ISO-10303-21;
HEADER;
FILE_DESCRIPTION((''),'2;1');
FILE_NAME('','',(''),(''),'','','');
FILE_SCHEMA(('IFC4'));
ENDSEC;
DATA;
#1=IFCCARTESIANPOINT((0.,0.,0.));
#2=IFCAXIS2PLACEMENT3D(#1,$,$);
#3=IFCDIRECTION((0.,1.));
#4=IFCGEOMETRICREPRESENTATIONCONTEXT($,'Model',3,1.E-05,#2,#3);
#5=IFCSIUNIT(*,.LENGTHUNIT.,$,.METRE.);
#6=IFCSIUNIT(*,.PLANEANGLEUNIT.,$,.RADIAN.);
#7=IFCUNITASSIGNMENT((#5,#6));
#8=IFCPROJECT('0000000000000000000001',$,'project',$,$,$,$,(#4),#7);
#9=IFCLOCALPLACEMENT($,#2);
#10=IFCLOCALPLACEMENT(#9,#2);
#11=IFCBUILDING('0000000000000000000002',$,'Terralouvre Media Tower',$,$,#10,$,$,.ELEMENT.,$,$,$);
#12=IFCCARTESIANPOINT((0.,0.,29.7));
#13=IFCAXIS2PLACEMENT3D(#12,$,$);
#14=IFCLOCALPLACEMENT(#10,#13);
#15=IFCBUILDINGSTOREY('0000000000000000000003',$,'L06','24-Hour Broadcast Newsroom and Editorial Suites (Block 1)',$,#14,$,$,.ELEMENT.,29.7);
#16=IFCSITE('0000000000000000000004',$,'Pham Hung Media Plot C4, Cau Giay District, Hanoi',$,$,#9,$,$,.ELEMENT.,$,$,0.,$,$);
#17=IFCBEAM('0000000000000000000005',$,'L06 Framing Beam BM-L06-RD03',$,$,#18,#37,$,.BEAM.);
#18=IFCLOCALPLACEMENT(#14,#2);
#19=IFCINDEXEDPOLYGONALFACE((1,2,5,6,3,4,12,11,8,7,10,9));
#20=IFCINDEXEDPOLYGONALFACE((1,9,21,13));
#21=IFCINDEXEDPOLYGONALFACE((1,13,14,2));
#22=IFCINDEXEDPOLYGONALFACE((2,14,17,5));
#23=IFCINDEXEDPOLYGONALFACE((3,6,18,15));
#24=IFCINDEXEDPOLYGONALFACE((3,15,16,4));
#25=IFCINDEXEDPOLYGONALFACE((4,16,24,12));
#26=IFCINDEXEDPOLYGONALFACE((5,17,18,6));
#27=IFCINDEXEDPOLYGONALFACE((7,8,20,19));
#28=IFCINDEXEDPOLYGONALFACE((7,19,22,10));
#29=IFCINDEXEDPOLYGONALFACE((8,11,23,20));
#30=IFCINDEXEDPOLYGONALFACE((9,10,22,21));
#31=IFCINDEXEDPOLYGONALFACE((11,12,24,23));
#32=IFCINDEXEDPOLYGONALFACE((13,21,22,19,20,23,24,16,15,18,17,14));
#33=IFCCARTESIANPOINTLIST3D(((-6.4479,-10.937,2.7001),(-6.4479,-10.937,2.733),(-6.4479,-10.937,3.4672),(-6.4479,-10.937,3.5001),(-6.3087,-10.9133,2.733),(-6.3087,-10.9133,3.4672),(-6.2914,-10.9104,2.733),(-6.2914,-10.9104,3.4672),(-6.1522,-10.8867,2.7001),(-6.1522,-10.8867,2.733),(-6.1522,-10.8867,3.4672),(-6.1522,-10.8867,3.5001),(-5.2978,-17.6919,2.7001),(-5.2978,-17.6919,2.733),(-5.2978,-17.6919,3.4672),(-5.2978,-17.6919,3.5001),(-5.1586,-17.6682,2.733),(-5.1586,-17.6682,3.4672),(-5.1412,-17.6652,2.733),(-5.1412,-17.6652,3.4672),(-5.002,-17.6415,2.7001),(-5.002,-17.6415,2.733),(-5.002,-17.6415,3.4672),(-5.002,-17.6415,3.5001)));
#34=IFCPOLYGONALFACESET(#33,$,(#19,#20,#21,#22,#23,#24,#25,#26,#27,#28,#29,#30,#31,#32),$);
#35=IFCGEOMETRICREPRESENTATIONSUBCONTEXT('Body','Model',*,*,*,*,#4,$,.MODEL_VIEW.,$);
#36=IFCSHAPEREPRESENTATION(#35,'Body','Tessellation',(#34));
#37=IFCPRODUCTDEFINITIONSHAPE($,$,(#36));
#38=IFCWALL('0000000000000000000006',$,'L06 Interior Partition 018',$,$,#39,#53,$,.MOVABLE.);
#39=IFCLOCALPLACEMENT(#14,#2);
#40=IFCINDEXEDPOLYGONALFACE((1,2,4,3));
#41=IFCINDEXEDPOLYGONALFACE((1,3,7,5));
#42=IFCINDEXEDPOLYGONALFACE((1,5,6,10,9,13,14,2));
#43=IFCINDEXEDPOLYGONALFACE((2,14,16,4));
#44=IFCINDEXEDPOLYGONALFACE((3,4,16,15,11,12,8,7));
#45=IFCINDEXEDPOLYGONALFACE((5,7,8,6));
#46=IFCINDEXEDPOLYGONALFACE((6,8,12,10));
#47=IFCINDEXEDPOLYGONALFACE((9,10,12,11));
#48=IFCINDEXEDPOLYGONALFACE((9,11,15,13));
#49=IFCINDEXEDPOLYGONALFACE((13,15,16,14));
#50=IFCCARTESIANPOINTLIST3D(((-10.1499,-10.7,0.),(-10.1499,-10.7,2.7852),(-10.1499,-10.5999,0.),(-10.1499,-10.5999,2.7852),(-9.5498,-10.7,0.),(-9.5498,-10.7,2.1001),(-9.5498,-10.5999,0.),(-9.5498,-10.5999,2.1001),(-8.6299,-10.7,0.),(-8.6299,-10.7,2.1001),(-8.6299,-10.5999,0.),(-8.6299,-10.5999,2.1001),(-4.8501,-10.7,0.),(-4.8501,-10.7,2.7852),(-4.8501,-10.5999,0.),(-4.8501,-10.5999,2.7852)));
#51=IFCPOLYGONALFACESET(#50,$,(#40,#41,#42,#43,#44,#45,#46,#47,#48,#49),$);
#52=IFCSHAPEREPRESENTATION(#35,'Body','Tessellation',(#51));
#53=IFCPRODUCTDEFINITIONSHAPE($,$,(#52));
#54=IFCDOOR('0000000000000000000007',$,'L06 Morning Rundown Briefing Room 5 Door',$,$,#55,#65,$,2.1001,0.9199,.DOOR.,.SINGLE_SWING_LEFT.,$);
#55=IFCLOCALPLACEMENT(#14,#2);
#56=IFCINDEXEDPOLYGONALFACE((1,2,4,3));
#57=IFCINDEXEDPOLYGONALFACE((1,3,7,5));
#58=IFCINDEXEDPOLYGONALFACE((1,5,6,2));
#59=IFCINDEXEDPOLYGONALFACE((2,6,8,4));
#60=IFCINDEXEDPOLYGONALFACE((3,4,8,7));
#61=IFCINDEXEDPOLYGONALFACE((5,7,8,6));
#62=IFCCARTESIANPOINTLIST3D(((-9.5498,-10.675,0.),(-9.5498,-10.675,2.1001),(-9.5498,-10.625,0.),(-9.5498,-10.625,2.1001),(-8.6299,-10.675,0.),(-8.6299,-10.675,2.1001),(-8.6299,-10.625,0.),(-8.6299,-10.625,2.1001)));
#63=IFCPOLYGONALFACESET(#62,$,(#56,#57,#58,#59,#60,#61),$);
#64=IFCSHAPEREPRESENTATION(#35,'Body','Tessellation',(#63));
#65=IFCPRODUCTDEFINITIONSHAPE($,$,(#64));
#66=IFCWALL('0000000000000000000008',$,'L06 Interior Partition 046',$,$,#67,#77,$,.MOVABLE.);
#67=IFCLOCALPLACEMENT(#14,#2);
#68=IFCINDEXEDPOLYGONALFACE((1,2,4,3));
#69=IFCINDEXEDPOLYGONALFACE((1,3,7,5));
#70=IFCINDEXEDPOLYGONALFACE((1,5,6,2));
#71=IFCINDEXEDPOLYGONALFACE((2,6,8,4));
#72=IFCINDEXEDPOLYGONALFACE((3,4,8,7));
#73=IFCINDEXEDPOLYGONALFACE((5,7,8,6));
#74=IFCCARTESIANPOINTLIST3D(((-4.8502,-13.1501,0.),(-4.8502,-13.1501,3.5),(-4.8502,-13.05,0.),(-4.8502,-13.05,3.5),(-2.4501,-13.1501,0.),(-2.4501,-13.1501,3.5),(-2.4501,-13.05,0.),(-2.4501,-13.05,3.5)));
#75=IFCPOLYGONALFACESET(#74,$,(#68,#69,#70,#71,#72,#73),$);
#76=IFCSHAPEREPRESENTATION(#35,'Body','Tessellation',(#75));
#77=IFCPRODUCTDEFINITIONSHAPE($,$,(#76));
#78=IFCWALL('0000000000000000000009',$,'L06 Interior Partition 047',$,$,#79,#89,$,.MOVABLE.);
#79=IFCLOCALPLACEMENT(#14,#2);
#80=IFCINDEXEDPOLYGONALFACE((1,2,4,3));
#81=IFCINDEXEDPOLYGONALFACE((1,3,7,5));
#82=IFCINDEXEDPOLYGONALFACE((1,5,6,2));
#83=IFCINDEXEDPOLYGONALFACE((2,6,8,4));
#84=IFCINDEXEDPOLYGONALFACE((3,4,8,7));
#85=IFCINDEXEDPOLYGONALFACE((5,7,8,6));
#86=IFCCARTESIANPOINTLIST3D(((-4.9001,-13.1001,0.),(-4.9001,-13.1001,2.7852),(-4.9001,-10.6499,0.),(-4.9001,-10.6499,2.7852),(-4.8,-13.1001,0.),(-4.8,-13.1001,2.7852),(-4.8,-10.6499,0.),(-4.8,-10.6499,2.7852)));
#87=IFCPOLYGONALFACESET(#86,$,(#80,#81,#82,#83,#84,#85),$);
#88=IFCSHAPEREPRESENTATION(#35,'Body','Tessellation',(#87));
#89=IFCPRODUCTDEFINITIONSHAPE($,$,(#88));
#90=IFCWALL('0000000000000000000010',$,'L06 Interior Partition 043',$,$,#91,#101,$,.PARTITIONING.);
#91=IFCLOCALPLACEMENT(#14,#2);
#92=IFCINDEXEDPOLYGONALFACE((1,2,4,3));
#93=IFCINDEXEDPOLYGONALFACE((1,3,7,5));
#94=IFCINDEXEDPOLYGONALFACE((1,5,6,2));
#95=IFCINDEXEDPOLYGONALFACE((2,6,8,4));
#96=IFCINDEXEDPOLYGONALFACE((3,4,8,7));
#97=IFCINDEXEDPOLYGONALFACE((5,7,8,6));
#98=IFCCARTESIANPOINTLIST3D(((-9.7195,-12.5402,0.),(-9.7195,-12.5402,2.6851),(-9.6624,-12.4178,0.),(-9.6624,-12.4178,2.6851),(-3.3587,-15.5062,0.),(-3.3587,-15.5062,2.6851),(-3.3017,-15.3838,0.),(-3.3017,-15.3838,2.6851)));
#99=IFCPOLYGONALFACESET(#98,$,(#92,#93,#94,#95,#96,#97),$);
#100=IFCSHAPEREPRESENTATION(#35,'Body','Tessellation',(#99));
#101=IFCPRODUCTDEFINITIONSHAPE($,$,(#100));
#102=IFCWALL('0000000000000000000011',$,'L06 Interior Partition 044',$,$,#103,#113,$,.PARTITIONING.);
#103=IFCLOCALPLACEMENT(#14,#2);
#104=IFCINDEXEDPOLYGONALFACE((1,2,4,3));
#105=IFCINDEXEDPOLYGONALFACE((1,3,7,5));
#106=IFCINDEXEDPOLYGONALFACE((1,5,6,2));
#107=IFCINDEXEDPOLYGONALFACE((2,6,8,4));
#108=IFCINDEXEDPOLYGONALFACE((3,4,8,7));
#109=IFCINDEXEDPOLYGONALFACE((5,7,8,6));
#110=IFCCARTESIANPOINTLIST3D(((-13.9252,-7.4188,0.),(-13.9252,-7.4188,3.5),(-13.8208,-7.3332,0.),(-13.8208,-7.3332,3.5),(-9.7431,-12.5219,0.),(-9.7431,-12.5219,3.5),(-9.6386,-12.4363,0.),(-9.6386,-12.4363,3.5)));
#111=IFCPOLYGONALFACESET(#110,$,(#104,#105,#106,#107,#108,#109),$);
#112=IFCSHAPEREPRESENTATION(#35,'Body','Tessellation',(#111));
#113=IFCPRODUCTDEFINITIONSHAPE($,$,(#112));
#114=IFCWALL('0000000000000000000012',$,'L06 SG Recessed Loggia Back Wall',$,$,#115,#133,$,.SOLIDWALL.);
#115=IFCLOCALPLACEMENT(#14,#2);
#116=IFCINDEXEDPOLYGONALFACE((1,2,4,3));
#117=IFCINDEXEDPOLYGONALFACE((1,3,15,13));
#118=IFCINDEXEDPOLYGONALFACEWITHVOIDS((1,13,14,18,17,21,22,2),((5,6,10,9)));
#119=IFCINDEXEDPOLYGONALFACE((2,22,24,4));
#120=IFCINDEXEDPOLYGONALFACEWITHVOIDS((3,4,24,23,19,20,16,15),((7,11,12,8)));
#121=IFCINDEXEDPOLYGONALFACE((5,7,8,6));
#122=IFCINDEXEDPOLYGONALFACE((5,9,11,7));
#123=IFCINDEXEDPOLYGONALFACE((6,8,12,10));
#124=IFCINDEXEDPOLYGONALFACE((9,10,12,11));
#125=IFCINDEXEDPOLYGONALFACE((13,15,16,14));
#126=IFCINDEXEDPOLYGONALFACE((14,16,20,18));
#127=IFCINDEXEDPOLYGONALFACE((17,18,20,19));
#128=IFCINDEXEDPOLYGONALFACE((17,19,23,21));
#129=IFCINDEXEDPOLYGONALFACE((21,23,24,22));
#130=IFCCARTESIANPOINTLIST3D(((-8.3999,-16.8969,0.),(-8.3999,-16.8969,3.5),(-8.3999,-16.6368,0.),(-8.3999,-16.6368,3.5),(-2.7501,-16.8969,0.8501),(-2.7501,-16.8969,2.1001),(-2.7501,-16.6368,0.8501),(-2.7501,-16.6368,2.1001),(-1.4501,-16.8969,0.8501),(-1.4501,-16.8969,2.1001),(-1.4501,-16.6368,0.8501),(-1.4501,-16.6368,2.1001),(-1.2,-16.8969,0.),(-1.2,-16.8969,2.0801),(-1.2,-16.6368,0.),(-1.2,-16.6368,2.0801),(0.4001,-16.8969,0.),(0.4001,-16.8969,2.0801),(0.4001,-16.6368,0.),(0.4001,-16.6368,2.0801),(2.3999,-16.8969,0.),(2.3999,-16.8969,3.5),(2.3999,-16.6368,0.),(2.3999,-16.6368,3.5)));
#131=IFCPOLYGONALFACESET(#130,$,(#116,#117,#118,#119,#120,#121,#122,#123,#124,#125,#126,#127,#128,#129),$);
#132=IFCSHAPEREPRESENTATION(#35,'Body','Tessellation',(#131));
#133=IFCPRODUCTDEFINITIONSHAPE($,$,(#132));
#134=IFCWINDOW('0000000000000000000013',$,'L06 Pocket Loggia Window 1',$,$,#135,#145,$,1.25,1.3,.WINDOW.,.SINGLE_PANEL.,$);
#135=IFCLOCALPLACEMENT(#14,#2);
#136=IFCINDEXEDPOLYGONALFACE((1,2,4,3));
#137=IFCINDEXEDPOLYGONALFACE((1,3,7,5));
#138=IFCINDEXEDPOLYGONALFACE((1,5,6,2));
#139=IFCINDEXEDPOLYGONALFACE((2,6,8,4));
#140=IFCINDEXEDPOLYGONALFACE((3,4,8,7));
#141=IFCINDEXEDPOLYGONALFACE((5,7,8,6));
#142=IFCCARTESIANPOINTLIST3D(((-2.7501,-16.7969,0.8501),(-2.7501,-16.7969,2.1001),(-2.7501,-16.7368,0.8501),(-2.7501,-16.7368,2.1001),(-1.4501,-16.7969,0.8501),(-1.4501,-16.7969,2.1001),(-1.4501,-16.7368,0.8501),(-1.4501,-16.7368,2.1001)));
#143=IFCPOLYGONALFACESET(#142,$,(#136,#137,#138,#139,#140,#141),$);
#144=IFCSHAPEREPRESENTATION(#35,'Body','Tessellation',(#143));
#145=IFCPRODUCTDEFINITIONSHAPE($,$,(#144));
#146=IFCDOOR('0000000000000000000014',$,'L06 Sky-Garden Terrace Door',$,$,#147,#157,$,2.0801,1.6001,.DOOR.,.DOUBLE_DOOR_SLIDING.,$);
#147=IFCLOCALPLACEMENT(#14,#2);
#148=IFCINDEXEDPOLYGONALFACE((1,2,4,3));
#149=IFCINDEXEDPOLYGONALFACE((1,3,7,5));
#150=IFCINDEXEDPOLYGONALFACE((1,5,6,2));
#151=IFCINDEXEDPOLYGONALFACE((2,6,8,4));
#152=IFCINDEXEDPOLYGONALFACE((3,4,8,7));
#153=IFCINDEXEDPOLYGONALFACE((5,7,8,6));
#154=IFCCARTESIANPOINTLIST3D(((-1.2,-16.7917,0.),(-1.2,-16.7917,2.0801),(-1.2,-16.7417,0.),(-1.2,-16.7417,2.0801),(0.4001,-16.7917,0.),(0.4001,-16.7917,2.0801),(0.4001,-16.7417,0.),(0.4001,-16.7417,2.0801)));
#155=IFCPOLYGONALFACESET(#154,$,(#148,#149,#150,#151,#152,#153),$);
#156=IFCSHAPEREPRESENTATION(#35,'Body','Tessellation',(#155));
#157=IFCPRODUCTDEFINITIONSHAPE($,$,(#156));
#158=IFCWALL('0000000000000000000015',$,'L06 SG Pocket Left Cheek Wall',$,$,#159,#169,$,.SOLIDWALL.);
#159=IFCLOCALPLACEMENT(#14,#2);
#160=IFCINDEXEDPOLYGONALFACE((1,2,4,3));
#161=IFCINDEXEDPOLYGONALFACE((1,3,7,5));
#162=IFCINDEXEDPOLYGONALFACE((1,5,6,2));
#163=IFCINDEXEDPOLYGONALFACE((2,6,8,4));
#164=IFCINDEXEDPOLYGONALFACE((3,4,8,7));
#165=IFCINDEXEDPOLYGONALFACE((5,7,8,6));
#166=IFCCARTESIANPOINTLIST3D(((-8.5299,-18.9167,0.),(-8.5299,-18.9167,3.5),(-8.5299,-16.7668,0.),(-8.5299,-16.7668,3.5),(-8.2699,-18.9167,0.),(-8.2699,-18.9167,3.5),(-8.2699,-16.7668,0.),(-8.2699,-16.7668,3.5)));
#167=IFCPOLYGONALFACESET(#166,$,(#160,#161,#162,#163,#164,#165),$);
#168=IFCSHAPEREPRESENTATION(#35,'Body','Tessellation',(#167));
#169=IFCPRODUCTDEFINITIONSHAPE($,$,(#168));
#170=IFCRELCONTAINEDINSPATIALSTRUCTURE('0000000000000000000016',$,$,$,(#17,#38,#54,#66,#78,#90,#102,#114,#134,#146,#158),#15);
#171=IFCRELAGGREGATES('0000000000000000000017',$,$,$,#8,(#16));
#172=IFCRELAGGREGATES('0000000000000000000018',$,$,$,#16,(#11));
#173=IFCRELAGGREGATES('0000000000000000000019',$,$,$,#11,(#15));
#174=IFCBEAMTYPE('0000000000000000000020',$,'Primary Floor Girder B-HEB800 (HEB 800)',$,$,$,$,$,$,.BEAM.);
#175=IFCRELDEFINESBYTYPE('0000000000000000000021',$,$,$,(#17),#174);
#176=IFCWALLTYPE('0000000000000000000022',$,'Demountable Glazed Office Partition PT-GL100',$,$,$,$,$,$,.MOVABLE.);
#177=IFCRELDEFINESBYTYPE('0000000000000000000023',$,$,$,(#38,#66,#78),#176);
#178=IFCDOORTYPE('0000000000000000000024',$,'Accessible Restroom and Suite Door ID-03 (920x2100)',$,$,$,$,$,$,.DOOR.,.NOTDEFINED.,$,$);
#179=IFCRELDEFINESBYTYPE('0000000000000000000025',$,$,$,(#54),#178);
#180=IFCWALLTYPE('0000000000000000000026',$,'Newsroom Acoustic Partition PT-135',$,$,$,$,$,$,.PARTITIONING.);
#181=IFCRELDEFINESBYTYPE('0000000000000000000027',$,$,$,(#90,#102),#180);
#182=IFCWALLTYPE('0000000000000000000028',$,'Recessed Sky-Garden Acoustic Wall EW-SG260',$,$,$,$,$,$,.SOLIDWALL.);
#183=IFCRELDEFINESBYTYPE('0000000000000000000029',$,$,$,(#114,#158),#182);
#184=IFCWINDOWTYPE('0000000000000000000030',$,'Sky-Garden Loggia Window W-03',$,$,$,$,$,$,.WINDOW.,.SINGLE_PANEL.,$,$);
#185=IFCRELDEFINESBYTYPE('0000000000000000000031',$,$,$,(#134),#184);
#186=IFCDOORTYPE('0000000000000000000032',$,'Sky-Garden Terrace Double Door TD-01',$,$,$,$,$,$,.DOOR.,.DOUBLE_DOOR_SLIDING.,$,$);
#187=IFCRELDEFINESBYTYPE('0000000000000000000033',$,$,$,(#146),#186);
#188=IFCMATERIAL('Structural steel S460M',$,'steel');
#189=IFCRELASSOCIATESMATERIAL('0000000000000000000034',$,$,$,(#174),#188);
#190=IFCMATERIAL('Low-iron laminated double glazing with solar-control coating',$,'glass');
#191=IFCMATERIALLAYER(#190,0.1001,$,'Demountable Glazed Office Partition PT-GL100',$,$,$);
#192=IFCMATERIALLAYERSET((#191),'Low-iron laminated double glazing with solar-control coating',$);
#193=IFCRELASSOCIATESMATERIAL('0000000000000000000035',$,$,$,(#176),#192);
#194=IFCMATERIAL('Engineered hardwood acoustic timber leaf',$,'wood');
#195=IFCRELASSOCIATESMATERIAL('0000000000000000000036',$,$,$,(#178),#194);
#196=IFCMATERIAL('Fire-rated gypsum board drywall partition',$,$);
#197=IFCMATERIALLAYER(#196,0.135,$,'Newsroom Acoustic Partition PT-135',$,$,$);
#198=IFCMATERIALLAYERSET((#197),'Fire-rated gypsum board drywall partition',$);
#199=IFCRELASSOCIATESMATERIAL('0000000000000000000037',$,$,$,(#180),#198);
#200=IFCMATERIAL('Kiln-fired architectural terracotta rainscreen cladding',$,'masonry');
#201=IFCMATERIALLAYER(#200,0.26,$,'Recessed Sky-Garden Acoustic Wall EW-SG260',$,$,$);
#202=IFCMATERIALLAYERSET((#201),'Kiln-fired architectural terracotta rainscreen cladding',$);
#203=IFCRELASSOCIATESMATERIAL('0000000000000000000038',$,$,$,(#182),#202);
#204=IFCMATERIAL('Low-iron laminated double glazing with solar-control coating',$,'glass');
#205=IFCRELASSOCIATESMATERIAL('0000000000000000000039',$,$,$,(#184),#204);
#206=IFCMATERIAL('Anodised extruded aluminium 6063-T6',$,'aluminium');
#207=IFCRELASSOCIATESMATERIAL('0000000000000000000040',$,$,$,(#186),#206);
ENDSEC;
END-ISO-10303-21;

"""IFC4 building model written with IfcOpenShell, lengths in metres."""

from ifc_helpers import new_model, si_unit, direction, frame, frame_2d, origin, origin_2d, place, context, subcontext, project, spatial, rectangle, i_section, extrude, material, layer, layer_set, material_profile, profile_set, type_object, element, fill, save


model = new_model("IFC4")

# Units and contexts
model_context = context("Model", 3, precision=1e-05, world=origin(), true_north=direction((0.0, 1.0)))
body_context = subcontext(model_context, "Body", "Model", "MODEL_VIEW")
ifc_project = project(units=[si_unit("LENGTHUNIT", "METRE"), si_unit("PLANEANGLEUNIT", "RADIAN")], contexts=[model_context])

# Site, building, storey
site_placement = place(None, origin())
site = spatial("IfcSite", under=ifc_project, at=site_placement, Name="Pham Hung Media Plot C4, Cau Giay District, Hanoi", CompositionType="ELEMENT", RefElevation=0.0)
building_placement = place(site_placement, origin())
building = spatial("IfcBuilding", under=site, at=building_placement, Name="Terralouvre Media Tower", CompositionType="ELEMENT")
storey_placement = place(building_placement, frame((0.0, 0.0, 29.7)))
storey = spatial("IfcBuildingStorey", under=building, at=storey_placement, Name="L06", Description="24-Hour Broadcast Newsroom and Editorial Suites (Block 1)", CompositionType="ELEMENT", Elevation=29.7)

# Beam
ifc_material_1 = material(Name="Structural steel S460M", Category="steel")
ifc_material_profile_1 = material_profile(ifc_material_1, i_section(OverallWidth=0.3, OverallDepth=0.8, WebThickness=0.0176, FlangeThickness=0.033, at=origin_2d()), Name="HEB 800")
ifc_profile_set_1 = profile_set([ifc_material_profile_1], Name="Structural steel S460M")
beam_type_1 = type_object("IfcBeamType", Name="Primary Floor Girder B-HEB800 (HEB 800)", PredefinedType="BEAM", material=ifc_profile_set_1)
beam_1_placement = place(storey_placement, frame((-6.3, -10.9119, 3.1001), z_axis=(0.167853, -0.985812, 0.0), x_axis=(0.985812, 0.167853, 0.0)))
element("IfcBeam", 1, at=beam_1_placement, inside=storey, type_object=beam_type_1, Name="L06 Framing Beam BM-L06-RD03", PredefinedType="BEAM", context=body_context, shape_type="SweptSolid", body=[
    extrude(i_section(OverallWidth=0.3, OverallDepth=0.8, WebThickness=0.0176, FlangeThickness=0.033, at=origin_2d()), origin(), (0.0, 0.0, 1.0), 6.8521),
])

# Wall, opening, door
ifc_material_2 = material(Name="Low-iron laminated double glazing with solar-control coating", Category="glass")
ifc_layer_1 = layer(ifc_material_2, 0.1001, Name="Demountable Glazed Office Partition PT-GL100")
ifc_layer_set_1 = layer_set([ifc_layer_1], Name="Low-iron laminated double glazing with solar-control coating")
wall_type_1 = type_object("IfcWallType", Name="Demountable Glazed Office Partition PT-GL100", PredefinedType="MOVABLE", material=ifc_layer_set_1)
wall_1_placement = place(storey_placement, frame((-10.1499, -10.6499, 0.0), z_axis=(0.0, 0.0, 1.0), x_axis=(1.0, 0.0, 0.0)))
wall_1 = element("IfcWall", 2, at=wall_1_placement, inside=storey, type_object=wall_type_1, Name="L06 Interior Partition 018", PredefinedType="MOVABLE", context=body_context, shape_type="SweptSolid", body=[
    extrude(rectangle(XDim=5.2998, YDim=0.1001, at=frame_2d((2.6499, 0.0))), origin(), (0.0, 0.0, 1.0), 2.7852),
])
opening_1_placement = place(wall_1_placement, frame((0.6001, 0.0, 0.0)))
opening_1 = element("IfcOpeningElement", 3, at=opening_1_placement, cuts=wall_1, PredefinedType="OPENING", context=body_context, shape_type="SweptSolid", body=[
    extrude(rectangle(XDim=0.9199, YDim=2.1001, at=frame_2d((0.46, 1.05))), frame((0.0, 0.0601, 0.0), z_axis=(0.0, -1.0, 0.0), x_axis=(1.0, 0.0, 0.0)), (0.0, 0.0, 1.0), 0.1201),
])
ifc_material_3 = material(Name="Engineered hardwood acoustic timber leaf", Category="wood")
door_type_1 = type_object("IfcDoorType", Name="Accessible Restroom and Suite Door ID-03 (920x2100)", OperationType="NOTDEFINED", PredefinedType="DOOR", material=ifc_material_3)
door_1_placement = place(opening_1_placement, origin())
door_1 = element("IfcDoor", 4, at=door_1_placement, inside=storey, type_object=door_type_1, Name="L06 Morning Rundown Briefing Room 5 Door", OperationType="SINGLE_SWING_LEFT", OverallHeight=2.1001, OverallWidth=0.9199, PredefinedType="DOOR", context=body_context, shape_type="SweptSolid", body=[
    extrude(rectangle(XDim=0.9199, YDim=2.1001, at=frame_2d((0.46, 1.05))), frame((0.0, 0.0249, 0.0), z_axis=(0.0, -1.0, 0.0), x_axis=(1.0, 0.0, 0.0)), (0.0, 0.0, 1.0), 0.05),
])
fill(opening_1, door_1)

# Walls
wall_2_placement = place(storey_placement, frame((-2.45, -13.1001, 0.0), z_axis=(0.0, 0.0, 1.0), x_axis=(-1.0, 0.0, 0.0)))
element("IfcWall", 5, at=wall_2_placement, inside=storey, type_object=wall_type_1, Name="L06 Interior Partition 046", PredefinedType="MOVABLE", context=body_context, shape_type="SweptSolid", body=[
    extrude(rectangle(XDim=2.4001, YDim=0.1001, at=frame_2d((1.2002, 0.0))), origin(), (0.0, 0.0, 1.0), 3.5),
])
wall_3_placement = place(storey_placement, frame((-4.8501, -13.1001, 0.0), z_axis=(0.0, 0.0, 1.0), x_axis=(0.0, 1.0, 0.0)))
element("IfcWall", 6, at=wall_3_placement, inside=storey, type_object=wall_type_1, Name="L06 Interior Partition 047", PredefinedType="MOVABLE", context=body_context, shape_type="SweptSolid", body=[
    extrude(rectangle(XDim=2.4502, YDim=0.1001, at=frame_2d((1.2251, 0.0))), origin(), (0.0, 0.0, 1.0), 2.7852),
])
ifc_material_4 = material(Name="Fire-rated gypsum board drywall partition")
ifc_layer_2 = layer(ifc_material_4, 0.135, Name="Newsroom Acoustic Partition PT-135")
ifc_layer_set_2 = layer_set([ifc_layer_2], Name="Fire-rated gypsum board drywall partition")
wall_type_2 = type_object("IfcWallType", Name="Newsroom Acoustic Partition PT-135", PredefinedType="PARTITIONING", material=ifc_layer_set_2)
wall_4_placement = place(storey_placement, frame((-3.3301, -15.4451, 0.0), z_axis=(0.0, 0.0, 1.0), x_axis=(-0.90631, 0.422613, 0.0)))
element("IfcWall", 7, at=wall_4_placement, inside=storey, type_object=wall_type_2, Name="L06 Interior Partition 043", PredefinedType="PARTITIONING", context=body_context, shape_type="SweptSolid", body=[
    extrude(rectangle(XDim=7.0183, YDim=0.135, at=frame_2d((3.5093, 0.0))), origin(), (0.0, 0.0, 1.0), 2.6851),
])
wall_5_placement = place(storey_placement, frame((-9.6909, -12.479, 0.0), z_axis=(0.0, 0.0, 1.0), x_axis=(-0.633866, 0.773443, 0.0)))
element("IfcWall", 8, at=wall_5_placement, inside=storey, type_object=wall_type_2, Name="L06 Interior Partition 044", PredefinedType="PARTITIONING", context=body_context, shape_type="SweptSolid", body=[
    extrude(rectangle(XDim=6.5979, YDim=0.135, at=frame_2d((3.2988, 0.0))), origin(), (0.0, 0.0, 1.0), 3.5),
])

# Wall, openings, window, door
ifc_material_5 = material(Name="Kiln-fired architectural terracotta rainscreen cladding", Category="masonry")
ifc_layer_3 = layer(ifc_material_5, 0.26, Name="Recessed Sky-Garden Acoustic Wall EW-SG260")
ifc_layer_set_3 = layer_set([ifc_layer_3], Name="Kiln-fired architectural terracotta rainscreen cladding")
wall_type_3 = type_object("IfcWallType", Name="Recessed Sky-Garden Acoustic Wall EW-SG260", PredefinedType="SOLIDWALL", material=ifc_layer_set_3)
wall_6_placement = place(storey_placement, frame((-8.3999, -16.7668, 0.0), z_axis=(0.0, 0.0, 1.0), x_axis=(1.0, 0.0, 0.0)))
wall_6 = element("IfcWall", 9, at=wall_6_placement, inside=storey, type_object=wall_type_3, Name="L06 SG Recessed Loggia Back Wall", PredefinedType="SOLIDWALL", context=body_context, shape_type="SweptSolid", body=[
    extrude(rectangle(XDim=10.7998, YDim=0.26, at=frame_2d((5.3999, 0.0))), origin(), (0.0, 0.0, 1.0), 3.5),
])
opening_2_placement = place(wall_6_placement, frame((7.2, 0.0, 0.0)))
opening_2 = element("IfcOpeningElement", 10, at=opening_2_placement, cuts=wall_6, PredefinedType="OPENING", context=body_context, shape_type="SweptSolid", body=[
    extrude(rectangle(XDim=1.6001, YDim=2.0801, at=frame_2d((0.8, 1.04))), frame((0.0, 0.1399, 0.0), z_axis=(0.0, -1.0, 0.0), x_axis=(1.0, 0.0, 0.0)), (0.0, 0.0, 1.0), 0.28),
])
opening_3_placement = place(wall_6_placement, frame((5.6499, 0.0, 0.8501)))
opening_3 = element("IfcOpeningElement", 11, at=opening_3_placement, cuts=wall_6, PredefinedType="OPENING", context=body_context, shape_type="SweptSolid", body=[
    extrude(rectangle(XDim=1.3, YDim=1.25, at=frame_2d((0.6499, 0.625))), frame((0.0, 0.1399, 0.0), z_axis=(0.0, -1.0, 0.0), x_axis=(1.0, 0.0, 0.0)), (0.0, 0.0, 1.0), 0.28),
])
ifc_material_6 = material(Name="Low-iron laminated double glazing with solar-control coating", Category="glass")
window_type = type_object("IfcWindowType", Name="Sky-Garden Loggia Window W-03", PartitioningType="SINGLE_PANEL", PredefinedType="WINDOW", material=ifc_material_6)
window_placement = place(opening_3_placement, origin())
window = element("IfcWindow", 12, at=window_placement, inside=storey, type_object=window_type, Name="L06 Pocket Loggia Window 1", OverallHeight=1.25, OverallWidth=1.3, PartitioningType="SINGLE_PANEL", PredefinedType="WINDOW", context=body_context, shape_type="SweptSolid", body=[
    extrude(rectangle(XDim=1.3, YDim=1.25, at=frame_2d((0.6499, 0.625))), frame((0.0, 0.03, 0.0), z_axis=(0.0, -1.0, 0.0), x_axis=(1.0, 0.0, 0.0)), (0.0, 0.0, 1.0), 0.0601),
])
fill(opening_3, window)
ifc_material_7 = material(Name="Anodised extruded aluminium 6063-T6", Category="aluminium")
door_type_2 = type_object("IfcDoorType", Name="Sky-Garden Terrace Double Door TD-01", OperationType="DOUBLE_DOOR_SLIDING", PredefinedType="DOOR", material=ifc_material_7)
door_2_placement = place(opening_2_placement, frame((1.6001, 0.0, 0.0), z_axis=(0.0, 0.0, 1.0), x_axis=(-1.0, 0.0, 0.0)))
door_2 = element("IfcDoor", 13, at=door_2_placement, inside=storey, type_object=door_type_2, Name="L06 Sky-Garden Terrace Door", OperationType="DOUBLE_DOOR_SLIDING", OverallHeight=2.0801, OverallWidth=1.6001, PredefinedType="DOOR", context=body_context, shape_type="SweptSolid", body=[
    extrude(rectangle(XDim=1.6001, YDim=2.0801, at=frame_2d((0.8, 1.04))), frame((0.0, 0.0249, 0.0), z_axis=(0.0, -1.0, 0.0), x_axis=(1.0, 0.0, 0.0)), (0.0, 0.0, 1.0), 0.05),
])
fill(opening_2, door_2)

# Wall
wall_7_placement = place(storey_placement, frame((-8.3999, -18.9167, 0.0), z_axis=(0.0, 0.0, 1.0), x_axis=(0.0, 1.0, 0.0)))
element("IfcWall", 14, at=wall_7_placement, inside=storey, type_object=wall_type_3, Name="L06 SG Pocket Left Cheek Wall", PredefinedType="SOLIDWALL", context=body_context, shape_type="SweptSolid", body=[
    extrude(rectangle(XDim=2.1499, YDim=0.26, at=frame_2d((1.075, 0.0))), origin(), (0.0, 0.0, 1.0), 3.5),
])

save(model, "model.ifc")
